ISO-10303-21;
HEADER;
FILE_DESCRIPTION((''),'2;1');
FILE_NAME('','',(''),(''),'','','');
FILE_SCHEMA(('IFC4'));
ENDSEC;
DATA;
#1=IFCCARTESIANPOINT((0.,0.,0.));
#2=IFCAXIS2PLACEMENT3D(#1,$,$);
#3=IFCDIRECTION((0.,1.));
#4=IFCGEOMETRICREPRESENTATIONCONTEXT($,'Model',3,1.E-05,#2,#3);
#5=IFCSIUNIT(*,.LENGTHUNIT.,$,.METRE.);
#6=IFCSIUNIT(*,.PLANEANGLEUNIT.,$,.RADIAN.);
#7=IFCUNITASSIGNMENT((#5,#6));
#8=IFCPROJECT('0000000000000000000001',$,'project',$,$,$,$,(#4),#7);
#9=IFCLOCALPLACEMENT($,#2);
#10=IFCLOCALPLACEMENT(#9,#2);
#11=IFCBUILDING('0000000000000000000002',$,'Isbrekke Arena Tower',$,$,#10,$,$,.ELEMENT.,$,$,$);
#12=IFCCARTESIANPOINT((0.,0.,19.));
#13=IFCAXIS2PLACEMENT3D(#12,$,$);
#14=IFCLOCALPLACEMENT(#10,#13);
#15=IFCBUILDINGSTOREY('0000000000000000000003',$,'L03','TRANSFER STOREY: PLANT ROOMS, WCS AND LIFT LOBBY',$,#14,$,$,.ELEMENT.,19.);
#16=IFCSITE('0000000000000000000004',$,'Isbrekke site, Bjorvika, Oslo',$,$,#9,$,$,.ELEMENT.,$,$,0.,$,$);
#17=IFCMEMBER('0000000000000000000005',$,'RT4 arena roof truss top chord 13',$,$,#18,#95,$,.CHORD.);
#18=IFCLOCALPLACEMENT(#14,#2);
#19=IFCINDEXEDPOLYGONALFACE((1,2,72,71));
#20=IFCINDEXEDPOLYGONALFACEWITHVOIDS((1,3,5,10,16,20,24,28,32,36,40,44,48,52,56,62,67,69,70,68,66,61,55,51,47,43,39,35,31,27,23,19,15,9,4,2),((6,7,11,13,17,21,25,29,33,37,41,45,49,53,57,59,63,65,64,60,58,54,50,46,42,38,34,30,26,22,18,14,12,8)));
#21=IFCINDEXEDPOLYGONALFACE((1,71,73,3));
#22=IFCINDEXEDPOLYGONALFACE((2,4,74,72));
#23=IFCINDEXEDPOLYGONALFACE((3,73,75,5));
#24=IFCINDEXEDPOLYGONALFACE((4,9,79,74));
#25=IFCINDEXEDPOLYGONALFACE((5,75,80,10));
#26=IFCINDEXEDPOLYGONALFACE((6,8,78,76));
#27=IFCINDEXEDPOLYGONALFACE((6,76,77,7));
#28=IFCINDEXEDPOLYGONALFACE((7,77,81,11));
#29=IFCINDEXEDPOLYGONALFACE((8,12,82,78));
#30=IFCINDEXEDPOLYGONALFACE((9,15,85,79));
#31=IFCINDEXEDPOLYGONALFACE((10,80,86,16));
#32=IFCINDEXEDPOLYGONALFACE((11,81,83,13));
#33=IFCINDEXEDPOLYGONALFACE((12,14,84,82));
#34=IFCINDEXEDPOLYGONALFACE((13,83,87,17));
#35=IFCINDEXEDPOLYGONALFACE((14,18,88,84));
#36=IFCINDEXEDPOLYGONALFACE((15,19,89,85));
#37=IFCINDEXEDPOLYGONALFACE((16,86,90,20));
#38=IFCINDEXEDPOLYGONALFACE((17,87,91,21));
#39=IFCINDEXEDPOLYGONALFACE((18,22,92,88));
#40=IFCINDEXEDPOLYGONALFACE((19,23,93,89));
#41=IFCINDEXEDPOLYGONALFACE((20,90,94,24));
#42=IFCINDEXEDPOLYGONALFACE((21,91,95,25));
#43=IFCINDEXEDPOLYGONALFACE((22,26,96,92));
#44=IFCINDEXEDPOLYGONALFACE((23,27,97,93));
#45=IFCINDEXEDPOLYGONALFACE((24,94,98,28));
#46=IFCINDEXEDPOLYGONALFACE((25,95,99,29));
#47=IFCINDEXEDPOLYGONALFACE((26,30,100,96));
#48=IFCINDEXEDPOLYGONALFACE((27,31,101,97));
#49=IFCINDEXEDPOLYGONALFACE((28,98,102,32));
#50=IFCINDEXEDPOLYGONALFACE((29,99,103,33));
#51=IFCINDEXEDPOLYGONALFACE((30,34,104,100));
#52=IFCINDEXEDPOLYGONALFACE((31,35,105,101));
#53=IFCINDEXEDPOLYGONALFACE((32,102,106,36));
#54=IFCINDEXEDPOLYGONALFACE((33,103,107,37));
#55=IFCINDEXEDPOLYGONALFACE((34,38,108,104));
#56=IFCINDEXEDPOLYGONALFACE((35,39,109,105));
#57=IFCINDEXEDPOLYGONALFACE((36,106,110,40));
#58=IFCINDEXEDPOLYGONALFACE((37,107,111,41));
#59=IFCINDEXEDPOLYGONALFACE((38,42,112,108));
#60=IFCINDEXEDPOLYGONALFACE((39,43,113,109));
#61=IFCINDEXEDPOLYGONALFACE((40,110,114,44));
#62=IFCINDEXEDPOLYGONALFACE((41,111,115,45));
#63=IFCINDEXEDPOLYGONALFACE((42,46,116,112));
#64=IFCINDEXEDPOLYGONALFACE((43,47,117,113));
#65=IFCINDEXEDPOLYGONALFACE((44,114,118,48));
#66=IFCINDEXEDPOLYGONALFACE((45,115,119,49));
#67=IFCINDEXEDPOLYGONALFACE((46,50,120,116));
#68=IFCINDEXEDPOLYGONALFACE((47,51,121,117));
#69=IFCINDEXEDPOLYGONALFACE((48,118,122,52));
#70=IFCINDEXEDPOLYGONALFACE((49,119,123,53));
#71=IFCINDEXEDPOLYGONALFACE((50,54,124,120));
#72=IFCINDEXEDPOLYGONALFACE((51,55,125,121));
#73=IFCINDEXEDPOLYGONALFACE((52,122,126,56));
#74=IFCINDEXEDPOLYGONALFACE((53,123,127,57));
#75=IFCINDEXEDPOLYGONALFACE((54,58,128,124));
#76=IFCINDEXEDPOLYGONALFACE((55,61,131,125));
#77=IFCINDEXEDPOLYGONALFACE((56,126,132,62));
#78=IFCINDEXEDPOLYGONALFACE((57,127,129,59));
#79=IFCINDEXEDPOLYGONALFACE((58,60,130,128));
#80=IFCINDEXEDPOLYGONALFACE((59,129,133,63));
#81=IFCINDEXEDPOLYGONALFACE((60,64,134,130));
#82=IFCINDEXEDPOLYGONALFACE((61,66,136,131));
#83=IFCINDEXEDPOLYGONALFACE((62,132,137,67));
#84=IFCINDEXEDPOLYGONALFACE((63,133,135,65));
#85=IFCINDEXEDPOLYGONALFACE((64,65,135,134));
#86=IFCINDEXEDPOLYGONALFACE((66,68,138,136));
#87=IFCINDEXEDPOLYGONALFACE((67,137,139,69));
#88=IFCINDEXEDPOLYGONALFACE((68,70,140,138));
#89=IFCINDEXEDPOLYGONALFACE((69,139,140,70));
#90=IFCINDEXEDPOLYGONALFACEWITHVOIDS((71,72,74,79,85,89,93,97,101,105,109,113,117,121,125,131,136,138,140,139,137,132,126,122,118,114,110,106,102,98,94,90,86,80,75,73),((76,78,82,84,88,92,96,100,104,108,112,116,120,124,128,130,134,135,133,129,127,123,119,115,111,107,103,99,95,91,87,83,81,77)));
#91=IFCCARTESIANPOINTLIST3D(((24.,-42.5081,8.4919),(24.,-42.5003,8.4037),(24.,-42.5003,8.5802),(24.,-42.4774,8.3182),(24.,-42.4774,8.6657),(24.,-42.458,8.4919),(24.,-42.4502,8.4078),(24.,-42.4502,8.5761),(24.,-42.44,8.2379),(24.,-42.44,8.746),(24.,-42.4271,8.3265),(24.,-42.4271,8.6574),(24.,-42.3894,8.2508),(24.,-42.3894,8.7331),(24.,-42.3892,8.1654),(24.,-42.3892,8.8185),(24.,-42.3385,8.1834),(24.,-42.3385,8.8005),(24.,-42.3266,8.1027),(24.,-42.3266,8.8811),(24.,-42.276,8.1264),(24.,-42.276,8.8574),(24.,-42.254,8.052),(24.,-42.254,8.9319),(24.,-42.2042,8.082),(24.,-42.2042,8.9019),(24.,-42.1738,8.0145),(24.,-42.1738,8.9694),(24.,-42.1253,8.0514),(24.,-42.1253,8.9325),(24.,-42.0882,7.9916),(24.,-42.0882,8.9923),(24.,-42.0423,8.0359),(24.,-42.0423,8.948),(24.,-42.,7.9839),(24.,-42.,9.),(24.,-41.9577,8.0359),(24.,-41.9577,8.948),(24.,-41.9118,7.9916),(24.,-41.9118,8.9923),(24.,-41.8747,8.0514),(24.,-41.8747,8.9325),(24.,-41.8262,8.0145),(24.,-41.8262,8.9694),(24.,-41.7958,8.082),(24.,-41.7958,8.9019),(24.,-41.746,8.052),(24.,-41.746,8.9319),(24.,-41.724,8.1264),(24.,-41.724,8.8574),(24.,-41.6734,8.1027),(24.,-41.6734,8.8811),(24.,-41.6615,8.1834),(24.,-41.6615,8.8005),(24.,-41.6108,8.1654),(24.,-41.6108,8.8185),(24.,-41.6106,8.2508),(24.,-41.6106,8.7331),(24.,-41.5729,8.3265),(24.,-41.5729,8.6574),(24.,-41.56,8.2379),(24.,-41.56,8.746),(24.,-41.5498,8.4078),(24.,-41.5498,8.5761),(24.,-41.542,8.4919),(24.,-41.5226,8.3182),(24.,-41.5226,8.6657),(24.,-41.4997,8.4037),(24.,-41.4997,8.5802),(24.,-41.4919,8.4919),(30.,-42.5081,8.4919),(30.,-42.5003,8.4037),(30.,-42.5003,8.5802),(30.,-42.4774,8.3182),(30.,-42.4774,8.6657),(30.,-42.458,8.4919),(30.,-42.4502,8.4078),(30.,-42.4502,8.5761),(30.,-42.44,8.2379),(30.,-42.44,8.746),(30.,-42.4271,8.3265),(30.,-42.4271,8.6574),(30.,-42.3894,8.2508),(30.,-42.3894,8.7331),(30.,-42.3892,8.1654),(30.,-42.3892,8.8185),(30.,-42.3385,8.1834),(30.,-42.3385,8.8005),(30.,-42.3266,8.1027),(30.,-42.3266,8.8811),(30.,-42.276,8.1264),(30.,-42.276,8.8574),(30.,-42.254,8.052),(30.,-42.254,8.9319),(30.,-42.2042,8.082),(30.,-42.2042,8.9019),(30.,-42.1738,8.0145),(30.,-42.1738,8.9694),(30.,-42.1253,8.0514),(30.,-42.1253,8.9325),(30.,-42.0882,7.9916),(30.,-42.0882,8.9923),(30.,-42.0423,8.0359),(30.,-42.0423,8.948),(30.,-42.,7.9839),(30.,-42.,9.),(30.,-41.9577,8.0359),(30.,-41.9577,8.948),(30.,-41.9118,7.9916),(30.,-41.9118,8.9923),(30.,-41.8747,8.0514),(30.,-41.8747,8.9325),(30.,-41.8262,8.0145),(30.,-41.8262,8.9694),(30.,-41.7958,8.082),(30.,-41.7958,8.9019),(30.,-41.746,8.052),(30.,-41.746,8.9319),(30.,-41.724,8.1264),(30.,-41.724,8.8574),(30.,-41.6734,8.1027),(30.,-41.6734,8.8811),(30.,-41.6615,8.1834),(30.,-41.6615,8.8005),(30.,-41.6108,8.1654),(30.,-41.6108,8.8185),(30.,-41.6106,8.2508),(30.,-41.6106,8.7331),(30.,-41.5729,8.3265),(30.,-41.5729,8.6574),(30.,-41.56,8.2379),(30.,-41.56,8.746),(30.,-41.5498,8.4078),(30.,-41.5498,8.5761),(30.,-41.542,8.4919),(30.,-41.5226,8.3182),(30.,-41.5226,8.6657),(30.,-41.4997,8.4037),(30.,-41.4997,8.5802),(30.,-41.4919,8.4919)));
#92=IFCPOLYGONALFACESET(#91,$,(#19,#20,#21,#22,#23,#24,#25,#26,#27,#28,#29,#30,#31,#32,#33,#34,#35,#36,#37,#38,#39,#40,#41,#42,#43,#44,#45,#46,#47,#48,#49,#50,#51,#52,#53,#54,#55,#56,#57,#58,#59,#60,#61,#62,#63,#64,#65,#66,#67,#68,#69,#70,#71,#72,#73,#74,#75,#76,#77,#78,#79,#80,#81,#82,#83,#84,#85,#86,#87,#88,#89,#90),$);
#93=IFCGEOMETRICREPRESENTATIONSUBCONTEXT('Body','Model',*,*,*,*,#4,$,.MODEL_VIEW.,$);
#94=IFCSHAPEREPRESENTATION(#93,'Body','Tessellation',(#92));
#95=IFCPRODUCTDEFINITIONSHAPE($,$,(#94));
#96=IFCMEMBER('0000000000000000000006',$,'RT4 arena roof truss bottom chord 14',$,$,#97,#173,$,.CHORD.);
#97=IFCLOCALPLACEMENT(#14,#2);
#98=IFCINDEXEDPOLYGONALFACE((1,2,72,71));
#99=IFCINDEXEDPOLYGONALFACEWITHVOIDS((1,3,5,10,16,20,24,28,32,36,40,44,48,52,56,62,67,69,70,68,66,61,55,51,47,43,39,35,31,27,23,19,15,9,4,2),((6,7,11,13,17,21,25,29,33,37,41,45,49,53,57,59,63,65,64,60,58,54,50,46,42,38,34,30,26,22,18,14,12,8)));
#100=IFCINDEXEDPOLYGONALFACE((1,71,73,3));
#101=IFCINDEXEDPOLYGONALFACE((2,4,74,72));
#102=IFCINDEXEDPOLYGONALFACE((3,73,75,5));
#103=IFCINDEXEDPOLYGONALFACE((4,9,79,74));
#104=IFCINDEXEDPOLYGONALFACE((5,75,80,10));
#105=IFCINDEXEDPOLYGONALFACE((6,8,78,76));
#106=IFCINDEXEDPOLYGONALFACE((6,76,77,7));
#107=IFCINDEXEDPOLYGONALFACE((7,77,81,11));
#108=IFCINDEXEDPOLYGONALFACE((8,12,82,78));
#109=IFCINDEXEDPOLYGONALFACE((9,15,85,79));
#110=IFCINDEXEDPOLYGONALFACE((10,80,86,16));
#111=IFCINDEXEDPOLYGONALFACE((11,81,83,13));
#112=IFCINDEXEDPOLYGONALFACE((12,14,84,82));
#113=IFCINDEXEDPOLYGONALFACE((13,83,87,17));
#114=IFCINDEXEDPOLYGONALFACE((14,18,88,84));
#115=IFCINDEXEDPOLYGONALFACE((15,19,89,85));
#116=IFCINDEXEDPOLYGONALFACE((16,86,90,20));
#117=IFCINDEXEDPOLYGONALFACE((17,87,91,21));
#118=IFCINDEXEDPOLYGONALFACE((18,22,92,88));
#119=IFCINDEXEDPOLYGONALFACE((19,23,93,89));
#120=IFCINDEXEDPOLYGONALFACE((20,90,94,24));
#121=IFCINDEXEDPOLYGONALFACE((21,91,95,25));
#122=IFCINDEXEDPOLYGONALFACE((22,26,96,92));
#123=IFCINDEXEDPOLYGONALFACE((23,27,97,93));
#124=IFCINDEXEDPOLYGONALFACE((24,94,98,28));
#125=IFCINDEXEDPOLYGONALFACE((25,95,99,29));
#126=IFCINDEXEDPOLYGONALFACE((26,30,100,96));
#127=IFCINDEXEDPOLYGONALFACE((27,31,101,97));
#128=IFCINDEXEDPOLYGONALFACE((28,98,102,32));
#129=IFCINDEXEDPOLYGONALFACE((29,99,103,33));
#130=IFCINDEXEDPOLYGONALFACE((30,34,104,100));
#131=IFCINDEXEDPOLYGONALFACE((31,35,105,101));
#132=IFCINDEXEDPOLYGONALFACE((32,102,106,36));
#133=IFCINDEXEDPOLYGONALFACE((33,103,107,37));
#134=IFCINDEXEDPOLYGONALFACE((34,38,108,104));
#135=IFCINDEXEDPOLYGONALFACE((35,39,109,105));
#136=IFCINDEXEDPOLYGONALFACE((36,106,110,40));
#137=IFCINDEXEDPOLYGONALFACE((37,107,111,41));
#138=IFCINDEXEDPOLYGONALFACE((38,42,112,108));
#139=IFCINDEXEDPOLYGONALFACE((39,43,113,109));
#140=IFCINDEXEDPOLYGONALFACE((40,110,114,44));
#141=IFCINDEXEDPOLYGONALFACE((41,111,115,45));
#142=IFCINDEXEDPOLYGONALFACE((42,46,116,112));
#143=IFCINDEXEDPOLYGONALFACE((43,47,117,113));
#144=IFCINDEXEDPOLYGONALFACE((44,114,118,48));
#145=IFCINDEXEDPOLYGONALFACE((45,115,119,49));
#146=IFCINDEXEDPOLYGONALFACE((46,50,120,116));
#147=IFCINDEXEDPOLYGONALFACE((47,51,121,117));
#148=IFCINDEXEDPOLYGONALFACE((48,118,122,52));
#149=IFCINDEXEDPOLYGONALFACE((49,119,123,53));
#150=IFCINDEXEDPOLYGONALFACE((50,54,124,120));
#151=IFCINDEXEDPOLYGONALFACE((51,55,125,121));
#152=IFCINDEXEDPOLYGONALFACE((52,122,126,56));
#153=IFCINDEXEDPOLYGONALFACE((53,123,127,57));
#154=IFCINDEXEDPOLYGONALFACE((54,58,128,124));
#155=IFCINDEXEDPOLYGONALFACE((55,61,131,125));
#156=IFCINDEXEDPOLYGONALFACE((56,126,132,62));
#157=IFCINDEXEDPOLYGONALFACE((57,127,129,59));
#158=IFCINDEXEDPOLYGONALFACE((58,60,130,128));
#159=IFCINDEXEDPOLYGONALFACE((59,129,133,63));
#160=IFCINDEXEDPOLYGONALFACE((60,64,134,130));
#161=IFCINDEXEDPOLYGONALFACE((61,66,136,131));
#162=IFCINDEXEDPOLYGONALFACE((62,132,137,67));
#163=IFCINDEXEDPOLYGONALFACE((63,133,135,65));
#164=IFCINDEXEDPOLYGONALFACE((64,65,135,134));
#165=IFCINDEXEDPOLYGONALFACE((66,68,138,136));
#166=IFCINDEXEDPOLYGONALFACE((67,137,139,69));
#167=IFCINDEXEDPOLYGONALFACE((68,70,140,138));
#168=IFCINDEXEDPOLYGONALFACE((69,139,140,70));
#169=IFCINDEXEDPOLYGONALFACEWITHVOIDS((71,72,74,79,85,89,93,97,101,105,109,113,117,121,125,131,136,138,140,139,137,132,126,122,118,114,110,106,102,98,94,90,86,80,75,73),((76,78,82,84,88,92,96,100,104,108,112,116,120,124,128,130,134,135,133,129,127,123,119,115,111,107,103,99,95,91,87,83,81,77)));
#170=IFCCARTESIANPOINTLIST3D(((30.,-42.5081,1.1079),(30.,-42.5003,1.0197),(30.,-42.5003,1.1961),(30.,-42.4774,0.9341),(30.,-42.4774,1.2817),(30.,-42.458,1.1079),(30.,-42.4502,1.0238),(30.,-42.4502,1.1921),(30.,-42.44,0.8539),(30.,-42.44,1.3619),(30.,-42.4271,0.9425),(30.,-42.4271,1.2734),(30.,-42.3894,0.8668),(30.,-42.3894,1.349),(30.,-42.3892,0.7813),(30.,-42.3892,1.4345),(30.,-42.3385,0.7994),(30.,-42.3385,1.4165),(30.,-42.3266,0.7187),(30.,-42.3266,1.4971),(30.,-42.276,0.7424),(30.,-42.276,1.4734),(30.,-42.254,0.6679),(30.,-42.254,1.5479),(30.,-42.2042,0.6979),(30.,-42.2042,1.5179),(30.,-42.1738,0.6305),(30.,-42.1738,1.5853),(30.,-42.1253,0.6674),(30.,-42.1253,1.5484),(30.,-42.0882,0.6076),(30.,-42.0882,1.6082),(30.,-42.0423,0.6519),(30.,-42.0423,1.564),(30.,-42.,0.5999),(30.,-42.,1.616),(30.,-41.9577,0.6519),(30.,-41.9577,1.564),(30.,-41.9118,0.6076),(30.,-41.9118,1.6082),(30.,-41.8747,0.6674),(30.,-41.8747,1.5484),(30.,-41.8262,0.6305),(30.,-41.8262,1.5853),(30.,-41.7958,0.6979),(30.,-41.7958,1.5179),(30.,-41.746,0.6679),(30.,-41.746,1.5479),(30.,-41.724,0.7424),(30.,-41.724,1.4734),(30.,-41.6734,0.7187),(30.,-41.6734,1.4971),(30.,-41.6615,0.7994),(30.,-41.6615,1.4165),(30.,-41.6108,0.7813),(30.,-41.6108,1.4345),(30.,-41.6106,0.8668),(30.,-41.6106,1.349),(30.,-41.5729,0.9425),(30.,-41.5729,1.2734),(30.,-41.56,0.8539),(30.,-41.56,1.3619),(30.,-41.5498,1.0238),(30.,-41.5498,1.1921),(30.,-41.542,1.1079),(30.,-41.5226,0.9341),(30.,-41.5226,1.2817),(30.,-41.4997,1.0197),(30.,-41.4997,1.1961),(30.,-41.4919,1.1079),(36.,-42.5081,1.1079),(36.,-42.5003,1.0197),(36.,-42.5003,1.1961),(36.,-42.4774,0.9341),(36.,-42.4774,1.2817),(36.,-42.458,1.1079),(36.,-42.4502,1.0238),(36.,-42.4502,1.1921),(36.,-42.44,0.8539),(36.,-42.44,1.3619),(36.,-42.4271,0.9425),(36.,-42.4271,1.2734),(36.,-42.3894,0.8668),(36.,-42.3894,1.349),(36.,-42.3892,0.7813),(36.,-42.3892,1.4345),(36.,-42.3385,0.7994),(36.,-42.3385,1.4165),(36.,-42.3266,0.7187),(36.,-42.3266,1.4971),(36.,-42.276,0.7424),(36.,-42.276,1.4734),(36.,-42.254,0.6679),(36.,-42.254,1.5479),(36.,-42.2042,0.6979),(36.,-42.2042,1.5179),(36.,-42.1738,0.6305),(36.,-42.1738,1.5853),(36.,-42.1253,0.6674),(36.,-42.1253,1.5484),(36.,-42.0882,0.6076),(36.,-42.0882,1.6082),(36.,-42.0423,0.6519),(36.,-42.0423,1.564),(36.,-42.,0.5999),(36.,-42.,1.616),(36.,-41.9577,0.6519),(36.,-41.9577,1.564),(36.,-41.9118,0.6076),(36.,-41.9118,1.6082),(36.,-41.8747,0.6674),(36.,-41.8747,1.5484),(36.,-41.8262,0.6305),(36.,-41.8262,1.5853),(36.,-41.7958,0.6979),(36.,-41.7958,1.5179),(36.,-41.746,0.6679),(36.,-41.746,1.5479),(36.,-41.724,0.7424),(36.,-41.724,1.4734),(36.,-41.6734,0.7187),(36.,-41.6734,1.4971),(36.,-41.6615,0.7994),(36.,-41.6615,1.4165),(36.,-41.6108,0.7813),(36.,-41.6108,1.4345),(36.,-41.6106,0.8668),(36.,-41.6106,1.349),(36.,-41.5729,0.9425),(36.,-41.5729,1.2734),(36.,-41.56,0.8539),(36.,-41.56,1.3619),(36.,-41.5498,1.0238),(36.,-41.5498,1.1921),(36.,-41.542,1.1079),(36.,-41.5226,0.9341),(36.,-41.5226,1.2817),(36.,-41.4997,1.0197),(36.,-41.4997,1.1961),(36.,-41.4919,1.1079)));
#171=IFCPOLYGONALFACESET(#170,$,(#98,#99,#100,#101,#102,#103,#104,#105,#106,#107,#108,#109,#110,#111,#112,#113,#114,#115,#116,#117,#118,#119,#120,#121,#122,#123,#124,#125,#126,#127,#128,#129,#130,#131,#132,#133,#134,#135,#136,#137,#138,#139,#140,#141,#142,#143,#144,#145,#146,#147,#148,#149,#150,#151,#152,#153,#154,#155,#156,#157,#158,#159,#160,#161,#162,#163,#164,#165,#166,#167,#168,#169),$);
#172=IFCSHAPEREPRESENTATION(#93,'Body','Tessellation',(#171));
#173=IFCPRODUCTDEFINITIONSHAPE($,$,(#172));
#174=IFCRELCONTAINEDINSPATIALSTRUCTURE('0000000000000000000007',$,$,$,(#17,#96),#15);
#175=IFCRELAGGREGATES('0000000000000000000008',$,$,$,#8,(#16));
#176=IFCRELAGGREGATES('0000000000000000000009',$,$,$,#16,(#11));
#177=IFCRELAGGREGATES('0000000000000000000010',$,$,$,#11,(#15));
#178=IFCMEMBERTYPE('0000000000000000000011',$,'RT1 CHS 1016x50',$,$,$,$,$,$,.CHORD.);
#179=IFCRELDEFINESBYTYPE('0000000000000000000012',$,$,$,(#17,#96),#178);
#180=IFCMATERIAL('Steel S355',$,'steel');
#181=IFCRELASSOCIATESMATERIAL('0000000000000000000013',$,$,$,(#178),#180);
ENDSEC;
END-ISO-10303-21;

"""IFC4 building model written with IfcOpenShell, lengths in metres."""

from ifc_helpers import new_model, si_unit, direction, frame, origin, origin_2d, place, context, subcontext, project, spatial, hollow_circle, extrude, material, material_profile, profile_set, type_object, element, save


model = new_model("IFC4")

# Units and contexts
model_context = context("Model", 3, precision=1e-05, world=origin(), true_north=direction((0.0, 1.0)))
body_context = subcontext(model_context, "Body", "Model", "MODEL_VIEW")
ifc_project = project(units=[si_unit("LENGTHUNIT", "METRE"), si_unit("PLANEANGLEUNIT", "RADIAN")], contexts=[model_context])

# Site, building, storey
site_placement = place(None, origin())
site = spatial("IfcSite", under=ifc_project, at=site_placement, Name="Isbrekke site, Bjorvika, Oslo", CompositionType="ELEMENT", RefElevation=0.0)
building_placement = place(site_placement, origin())
building = spatial("IfcBuilding", under=site, at=building_placement, Name="Isbrekke Arena Tower", CompositionType="ELEMENT")
storey_placement = place(building_placement, frame((0.0, 0.0, 19.0)))
storey = spatial("IfcBuildingStorey", under=building, at=storey_placement, Name="L03", Description="TRANSFER STOREY: PLANT ROOMS, WCS AND LIFT LOBBY", CompositionType="ELEMENT", Elevation=19.0)

# Members
ifc_material_1 = material(Name="Steel S355", Category="steel")
ifc_material_profile_1 = material_profile(ifc_material_1, hollow_circle(Radius=0.5081, WallThickness=0.05, at=origin_2d()), Name="CHS 1016x50")
ifc_profile_set_1 = profile_set([ifc_material_profile_1], Name="Steel S355")
member_type_1 = type_object("IfcMemberType", Name="RT1 CHS 1016x50", PredefinedType="CHORD", material=ifc_profile_set_1)
for number, where, z_axis, x_axis, name in (
    (1, (24.0, -42.0, 8.4919), (1.0, 0.0, 0.0), (0.0, 1.0, 0.0), "RT4 arena roof truss top chord 13"),
    (2, (30.0, -42.0, 1.1079), (1.0, 0.0, 0.0), (0.0, 1.0, 0.0), "RT4 arena roof truss bottom chord 14"),
):
    element("IfcMember", number, at=place(storey_placement, frame(where, z_axis=z_axis, x_axis=x_axis)), inside=storey, type_object=member_type_1, Name=name, PredefinedType="CHORD", context=body_context, shape_type="SweptSolid", body=[
        extrude(hollow_circle(Radius=0.5081, WallThickness=0.05, at=origin_2d()), origin(), (0.0, 0.0, 1.0), 6.0),
    ])

save(model, "model.ifc")
